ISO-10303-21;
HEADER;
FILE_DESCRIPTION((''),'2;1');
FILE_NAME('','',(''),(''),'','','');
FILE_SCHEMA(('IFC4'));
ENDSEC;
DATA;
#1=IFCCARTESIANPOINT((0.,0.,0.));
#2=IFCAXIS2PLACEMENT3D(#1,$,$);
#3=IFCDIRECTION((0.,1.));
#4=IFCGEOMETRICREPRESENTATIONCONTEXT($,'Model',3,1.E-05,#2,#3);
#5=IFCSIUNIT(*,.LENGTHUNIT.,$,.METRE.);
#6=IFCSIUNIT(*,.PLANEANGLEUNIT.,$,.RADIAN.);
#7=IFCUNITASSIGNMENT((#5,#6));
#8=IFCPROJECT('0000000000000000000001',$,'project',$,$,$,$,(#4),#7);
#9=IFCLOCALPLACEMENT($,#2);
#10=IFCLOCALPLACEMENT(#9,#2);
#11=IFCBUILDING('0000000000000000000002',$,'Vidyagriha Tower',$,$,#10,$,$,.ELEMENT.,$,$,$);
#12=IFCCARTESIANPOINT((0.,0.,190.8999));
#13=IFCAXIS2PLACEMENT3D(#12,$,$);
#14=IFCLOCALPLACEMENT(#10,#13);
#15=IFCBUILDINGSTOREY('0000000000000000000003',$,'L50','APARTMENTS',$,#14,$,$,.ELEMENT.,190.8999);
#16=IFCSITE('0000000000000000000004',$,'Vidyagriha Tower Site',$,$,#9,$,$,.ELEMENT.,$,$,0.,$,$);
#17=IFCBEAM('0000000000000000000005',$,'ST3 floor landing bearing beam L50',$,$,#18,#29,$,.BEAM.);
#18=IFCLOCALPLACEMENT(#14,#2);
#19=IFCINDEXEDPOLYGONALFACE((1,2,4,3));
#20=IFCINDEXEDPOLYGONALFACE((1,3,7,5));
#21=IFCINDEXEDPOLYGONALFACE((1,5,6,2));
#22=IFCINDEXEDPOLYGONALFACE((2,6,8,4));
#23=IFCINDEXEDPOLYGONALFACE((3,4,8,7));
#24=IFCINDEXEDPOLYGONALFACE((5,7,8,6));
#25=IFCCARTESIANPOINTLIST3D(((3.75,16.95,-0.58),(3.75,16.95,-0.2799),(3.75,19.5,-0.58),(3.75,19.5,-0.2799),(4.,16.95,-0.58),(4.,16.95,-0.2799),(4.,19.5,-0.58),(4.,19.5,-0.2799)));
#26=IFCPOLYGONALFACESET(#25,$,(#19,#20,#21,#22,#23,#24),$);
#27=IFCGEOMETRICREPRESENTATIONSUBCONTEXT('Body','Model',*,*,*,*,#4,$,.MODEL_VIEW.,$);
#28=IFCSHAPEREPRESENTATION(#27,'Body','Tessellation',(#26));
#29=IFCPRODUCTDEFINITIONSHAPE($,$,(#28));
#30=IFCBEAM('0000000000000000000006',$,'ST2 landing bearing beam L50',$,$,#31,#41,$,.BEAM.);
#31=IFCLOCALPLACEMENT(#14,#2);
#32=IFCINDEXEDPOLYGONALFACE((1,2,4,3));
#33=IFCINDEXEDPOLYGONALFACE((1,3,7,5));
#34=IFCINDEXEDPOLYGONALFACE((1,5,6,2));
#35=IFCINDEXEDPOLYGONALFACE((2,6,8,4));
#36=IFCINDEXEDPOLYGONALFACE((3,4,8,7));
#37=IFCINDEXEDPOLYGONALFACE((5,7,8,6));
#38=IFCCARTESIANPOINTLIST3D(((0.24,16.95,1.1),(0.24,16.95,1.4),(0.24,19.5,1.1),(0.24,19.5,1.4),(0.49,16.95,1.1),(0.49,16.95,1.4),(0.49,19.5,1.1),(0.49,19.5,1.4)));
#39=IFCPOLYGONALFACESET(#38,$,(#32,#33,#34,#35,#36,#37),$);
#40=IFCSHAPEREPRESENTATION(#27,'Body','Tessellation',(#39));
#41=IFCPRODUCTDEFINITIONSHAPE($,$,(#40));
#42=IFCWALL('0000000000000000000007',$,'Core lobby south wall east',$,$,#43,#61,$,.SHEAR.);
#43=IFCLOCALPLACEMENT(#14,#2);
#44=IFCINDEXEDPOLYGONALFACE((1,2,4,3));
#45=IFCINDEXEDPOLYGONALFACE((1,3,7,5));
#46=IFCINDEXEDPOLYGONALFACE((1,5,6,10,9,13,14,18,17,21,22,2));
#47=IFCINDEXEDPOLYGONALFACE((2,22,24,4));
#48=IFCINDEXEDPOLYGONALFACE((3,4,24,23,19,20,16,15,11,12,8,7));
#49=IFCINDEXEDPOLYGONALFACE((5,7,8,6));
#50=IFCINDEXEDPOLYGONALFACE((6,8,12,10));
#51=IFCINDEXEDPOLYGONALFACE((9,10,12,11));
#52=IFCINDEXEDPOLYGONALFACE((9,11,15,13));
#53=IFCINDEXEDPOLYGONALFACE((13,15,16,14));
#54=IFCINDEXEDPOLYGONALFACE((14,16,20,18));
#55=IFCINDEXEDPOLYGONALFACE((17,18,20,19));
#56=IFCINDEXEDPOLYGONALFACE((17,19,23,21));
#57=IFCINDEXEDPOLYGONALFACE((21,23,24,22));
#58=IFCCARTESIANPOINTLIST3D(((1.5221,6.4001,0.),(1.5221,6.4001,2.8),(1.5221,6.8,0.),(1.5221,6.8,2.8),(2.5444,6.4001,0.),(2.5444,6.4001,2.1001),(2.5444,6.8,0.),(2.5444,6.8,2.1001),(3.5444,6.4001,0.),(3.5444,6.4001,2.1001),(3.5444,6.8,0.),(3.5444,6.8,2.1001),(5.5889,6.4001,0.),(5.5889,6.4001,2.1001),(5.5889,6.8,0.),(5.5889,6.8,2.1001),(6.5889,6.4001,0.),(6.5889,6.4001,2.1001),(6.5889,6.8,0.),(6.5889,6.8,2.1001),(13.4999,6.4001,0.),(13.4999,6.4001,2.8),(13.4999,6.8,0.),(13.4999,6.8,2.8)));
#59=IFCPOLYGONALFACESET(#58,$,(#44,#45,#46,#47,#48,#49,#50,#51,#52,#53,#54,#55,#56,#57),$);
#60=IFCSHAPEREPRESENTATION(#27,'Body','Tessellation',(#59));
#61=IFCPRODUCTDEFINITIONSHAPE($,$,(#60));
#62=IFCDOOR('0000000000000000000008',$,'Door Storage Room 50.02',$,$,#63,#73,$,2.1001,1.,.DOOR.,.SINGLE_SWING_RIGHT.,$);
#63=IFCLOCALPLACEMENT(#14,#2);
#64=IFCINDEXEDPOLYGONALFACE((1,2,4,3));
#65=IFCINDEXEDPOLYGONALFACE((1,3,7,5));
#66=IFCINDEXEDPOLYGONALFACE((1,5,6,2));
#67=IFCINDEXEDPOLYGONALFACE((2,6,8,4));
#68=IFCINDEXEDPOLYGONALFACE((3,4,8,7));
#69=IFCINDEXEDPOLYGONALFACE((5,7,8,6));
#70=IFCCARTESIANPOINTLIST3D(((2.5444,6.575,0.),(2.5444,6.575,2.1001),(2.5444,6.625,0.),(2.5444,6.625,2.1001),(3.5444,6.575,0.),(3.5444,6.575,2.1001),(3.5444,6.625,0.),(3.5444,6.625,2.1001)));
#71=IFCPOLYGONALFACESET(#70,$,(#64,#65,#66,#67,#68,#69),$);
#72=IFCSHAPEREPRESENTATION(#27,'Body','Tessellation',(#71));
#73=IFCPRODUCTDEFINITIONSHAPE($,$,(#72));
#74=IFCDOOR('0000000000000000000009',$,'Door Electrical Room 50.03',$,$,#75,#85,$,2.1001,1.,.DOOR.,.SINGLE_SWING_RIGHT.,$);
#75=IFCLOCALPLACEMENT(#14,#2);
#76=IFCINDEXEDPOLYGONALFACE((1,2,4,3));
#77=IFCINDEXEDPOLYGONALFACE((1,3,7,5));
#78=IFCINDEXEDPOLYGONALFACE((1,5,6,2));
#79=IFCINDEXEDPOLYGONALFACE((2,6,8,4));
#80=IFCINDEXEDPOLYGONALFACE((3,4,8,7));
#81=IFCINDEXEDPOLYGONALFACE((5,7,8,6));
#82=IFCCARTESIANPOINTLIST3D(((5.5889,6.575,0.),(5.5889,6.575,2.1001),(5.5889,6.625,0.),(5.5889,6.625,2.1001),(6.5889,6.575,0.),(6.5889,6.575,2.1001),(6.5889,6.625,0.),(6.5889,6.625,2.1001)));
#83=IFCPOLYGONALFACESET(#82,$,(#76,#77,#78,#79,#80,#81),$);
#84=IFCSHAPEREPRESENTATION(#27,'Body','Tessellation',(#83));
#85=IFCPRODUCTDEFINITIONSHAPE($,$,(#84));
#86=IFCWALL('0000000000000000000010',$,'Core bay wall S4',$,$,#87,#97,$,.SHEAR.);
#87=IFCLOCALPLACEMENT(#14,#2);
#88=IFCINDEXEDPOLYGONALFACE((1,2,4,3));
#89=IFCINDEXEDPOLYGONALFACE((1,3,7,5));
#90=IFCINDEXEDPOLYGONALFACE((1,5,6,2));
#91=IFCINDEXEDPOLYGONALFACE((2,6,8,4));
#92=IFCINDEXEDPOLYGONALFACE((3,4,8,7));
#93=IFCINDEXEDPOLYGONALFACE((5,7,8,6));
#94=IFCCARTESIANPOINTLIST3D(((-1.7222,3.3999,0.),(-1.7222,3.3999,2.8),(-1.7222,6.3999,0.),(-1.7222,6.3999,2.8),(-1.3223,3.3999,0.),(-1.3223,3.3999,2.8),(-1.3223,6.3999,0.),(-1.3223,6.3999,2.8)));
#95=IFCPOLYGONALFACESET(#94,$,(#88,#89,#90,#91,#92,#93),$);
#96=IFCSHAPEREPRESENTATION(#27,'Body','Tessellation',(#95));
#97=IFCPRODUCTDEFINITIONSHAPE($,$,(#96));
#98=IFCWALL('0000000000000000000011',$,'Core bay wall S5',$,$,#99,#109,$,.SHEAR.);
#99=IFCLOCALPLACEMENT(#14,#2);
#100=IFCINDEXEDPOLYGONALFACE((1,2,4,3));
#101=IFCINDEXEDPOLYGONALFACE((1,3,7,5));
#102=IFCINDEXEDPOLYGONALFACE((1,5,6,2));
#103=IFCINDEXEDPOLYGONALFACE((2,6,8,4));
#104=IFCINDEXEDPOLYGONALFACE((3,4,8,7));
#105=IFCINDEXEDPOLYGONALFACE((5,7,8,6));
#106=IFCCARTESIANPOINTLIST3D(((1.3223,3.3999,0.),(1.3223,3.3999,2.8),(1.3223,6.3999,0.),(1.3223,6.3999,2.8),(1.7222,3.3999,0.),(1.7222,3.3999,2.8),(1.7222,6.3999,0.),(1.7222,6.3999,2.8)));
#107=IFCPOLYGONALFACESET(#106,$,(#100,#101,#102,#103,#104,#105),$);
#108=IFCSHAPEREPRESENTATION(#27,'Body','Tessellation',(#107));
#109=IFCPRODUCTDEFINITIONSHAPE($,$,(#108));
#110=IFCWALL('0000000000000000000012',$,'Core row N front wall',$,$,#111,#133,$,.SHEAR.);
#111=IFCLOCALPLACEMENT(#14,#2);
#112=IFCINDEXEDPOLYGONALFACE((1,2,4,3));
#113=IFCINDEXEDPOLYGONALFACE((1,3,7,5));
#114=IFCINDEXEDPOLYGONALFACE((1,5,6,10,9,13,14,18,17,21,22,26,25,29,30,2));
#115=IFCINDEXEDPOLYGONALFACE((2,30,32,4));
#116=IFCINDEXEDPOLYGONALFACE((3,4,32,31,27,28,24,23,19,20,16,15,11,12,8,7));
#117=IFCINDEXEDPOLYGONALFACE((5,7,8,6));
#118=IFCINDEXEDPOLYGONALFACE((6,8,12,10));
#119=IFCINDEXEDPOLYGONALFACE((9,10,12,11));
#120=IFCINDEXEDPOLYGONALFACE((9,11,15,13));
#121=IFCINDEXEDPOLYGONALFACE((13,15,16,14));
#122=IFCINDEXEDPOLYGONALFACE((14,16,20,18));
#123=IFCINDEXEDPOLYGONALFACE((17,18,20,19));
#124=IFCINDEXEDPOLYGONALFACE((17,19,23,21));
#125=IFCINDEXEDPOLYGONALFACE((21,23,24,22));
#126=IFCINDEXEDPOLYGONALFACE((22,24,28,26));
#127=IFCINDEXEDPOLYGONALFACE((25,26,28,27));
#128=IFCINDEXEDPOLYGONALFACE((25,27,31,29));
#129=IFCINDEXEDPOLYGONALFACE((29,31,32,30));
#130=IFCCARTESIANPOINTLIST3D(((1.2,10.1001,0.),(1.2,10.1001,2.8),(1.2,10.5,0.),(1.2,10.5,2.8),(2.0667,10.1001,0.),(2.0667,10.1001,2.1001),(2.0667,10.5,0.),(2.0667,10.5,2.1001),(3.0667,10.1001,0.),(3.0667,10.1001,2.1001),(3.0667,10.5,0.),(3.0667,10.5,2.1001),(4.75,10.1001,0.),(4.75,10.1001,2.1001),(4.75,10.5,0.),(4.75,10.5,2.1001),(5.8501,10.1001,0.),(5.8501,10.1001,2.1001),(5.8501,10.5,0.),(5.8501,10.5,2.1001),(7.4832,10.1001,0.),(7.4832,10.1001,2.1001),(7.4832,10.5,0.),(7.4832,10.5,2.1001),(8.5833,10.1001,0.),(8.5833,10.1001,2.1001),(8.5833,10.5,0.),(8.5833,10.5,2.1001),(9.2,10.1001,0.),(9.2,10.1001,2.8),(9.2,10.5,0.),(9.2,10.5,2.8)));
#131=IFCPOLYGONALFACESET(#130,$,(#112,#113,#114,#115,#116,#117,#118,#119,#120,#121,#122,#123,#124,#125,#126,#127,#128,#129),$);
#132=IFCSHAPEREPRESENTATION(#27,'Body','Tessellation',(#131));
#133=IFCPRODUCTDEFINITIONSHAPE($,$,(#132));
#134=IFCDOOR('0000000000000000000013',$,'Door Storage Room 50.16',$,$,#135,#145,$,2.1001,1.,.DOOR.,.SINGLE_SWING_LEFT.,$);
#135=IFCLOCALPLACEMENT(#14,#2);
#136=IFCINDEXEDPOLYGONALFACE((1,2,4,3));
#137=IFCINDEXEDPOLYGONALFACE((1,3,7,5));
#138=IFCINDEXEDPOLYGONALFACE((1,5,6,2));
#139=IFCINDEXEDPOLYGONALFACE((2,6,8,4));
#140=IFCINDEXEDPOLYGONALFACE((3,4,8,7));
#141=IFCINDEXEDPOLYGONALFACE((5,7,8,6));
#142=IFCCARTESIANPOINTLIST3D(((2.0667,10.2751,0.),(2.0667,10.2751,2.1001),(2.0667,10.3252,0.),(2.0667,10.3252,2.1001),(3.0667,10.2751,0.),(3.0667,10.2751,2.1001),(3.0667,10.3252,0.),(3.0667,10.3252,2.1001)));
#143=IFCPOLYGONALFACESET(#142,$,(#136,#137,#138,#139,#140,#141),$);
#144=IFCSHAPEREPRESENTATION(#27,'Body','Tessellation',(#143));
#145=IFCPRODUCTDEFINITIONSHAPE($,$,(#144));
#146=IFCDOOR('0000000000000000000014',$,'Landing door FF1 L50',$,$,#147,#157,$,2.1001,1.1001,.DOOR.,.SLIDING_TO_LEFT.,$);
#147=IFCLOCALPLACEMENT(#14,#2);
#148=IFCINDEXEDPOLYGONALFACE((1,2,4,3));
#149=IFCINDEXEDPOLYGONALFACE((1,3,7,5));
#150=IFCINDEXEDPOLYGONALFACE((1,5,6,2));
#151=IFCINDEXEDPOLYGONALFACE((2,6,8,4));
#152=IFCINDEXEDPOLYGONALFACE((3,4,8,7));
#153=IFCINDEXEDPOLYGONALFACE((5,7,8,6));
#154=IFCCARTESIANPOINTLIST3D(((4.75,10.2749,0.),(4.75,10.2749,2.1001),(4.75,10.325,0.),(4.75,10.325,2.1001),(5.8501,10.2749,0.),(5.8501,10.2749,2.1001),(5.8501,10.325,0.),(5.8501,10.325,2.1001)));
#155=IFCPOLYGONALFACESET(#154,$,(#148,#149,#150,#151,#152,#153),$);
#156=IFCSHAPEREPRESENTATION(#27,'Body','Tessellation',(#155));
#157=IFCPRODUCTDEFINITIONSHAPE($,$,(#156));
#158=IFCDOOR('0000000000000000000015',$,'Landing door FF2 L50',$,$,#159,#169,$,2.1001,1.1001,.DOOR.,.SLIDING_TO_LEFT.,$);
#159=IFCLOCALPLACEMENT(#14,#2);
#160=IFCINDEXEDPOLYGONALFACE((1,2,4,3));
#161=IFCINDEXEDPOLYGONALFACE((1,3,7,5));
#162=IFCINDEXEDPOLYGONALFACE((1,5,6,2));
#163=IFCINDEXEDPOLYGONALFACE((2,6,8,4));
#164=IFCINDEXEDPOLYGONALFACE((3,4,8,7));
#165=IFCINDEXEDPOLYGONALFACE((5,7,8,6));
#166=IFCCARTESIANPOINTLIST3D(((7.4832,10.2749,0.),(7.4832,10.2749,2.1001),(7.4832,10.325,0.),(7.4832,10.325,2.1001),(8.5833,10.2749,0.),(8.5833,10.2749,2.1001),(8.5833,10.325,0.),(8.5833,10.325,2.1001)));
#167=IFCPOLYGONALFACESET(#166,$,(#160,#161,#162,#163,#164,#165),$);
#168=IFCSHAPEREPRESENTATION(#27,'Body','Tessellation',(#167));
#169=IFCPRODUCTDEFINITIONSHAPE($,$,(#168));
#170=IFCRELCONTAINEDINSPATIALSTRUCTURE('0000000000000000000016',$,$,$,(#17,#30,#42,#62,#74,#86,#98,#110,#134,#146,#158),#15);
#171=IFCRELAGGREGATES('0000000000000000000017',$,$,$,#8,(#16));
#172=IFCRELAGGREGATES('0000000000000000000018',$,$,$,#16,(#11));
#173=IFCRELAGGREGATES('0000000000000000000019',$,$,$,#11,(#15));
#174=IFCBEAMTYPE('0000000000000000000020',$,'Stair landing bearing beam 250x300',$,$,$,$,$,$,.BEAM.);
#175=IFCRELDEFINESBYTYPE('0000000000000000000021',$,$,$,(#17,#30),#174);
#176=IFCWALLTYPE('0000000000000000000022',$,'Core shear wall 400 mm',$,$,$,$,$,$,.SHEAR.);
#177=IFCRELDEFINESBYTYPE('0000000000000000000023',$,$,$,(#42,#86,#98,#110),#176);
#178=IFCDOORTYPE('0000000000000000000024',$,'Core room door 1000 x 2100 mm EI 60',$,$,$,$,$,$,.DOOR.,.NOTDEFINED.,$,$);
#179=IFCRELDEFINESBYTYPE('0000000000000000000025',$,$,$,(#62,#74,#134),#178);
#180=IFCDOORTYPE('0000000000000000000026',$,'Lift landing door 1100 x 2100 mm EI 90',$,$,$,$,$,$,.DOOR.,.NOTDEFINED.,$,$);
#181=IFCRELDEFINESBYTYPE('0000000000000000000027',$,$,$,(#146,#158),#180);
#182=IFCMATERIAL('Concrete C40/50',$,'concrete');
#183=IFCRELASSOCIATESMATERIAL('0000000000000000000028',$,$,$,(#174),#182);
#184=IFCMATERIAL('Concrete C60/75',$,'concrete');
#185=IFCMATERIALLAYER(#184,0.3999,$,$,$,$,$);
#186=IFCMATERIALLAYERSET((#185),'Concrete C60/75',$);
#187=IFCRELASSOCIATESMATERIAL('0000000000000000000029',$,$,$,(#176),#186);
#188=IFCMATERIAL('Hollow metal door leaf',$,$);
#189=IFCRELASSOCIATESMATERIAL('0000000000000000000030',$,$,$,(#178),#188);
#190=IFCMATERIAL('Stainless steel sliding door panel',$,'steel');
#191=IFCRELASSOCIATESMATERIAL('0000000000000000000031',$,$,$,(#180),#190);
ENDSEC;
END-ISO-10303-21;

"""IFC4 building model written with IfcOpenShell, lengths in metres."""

from ifc_helpers import new_model, si_unit, direction, frame, frame_2d, origin, origin_2d, place, context, subcontext, project, spatial, rectangle, extrude, material, layer, layer_set, material_profile, profile_set, type_object, element, fill, save


model = new_model("IFC4")

# Units and contexts
model_context = context("Model", 3, precision=1e-05, world=origin(), true_north=direction((0.0, 1.0)))
body_context = subcontext(model_context, "Body", "Model", "MODEL_VIEW")
ifc_project = project(units=[si_unit("LENGTHUNIT", "METRE"), si_unit("PLANEANGLEUNIT", "RADIAN")], contexts=[model_context])

# Site, building, storey
site_placement = place(None, origin())
site = spatial("IfcSite", under=ifc_project, at=site_placement, Name="Vidyagriha Tower Site", CompositionType="ELEMENT", RefElevation=0.0)
building_placement = place(site_placement, origin())
building = spatial("IfcBuilding", under=site, at=building_placement, Name="Vidyagriha Tower", CompositionType="ELEMENT")
storey_placement = place(building_placement, frame((0.0, 0.0, 190.8999)))
storey = spatial("IfcBuildingStorey", under=building, at=storey_placement, Name="L50", Description="APARTMENTS", CompositionType="ELEMENT", Elevation=190.8999)

# Beams
ifc_material_1 = material(Name="Concrete C40/50", Category="concrete")
ifc_material_profile = material_profile(ifc_material_1, rectangle(XDim=0.25, YDim=0.3, at=origin_2d()), Name="Stair landing bearing beam 250x300")
ifc_profile_set = profile_set([ifc_material_profile], Name="Concrete C40/50")
beam_type = type_object("IfcBeamType", Name="Stair landing bearing beam 250x300", PredefinedType="BEAM", material=ifc_profile_set)
for number, where, z_axis, x_axis, name in (
    (1, (3.875, 16.95, -0.4299), (0.0, 1.0, 0.0), (-1.0, 0.0, 0.0), "ST3 floor landing bearing beam L50"),
    (2, (0.365, 16.95, 1.25), (0.0, 1.0, 0.0), (-1.0, 0.0, 0.0), "ST2 landing bearing beam L50"),
):
    element("IfcBeam", number, at=place(storey_placement, frame(where, z_axis=z_axis, x_axis=x_axis)), inside=storey, type_object=beam_type, Name=name, PredefinedType="BEAM", context=body_context, shape_type="SweptSolid", body=[
        extrude(rectangle(XDim=0.25, YDim=0.3, at=origin_2d()), origin(), (0.0, 0.0, 1.0), 2.55),
    ])

# Wall, openings, doors
ifc_material_2 = material(Name="Concrete C60/75", Category="concrete")
ifc_layer_1 = layer(ifc_material_2, 0.3999)
ifc_layer_set_1 = layer_set([ifc_layer_1], Name="Concrete C60/75")
wall_type_1 = type_object("IfcWallType", Name="Core shear wall 400 mm", PredefinedType="SHEAR", material=ifc_layer_set_1)
wall_1_placement = place(storey_placement, frame((1.5222, 6.6001, 0.0)))
wall_1 = element("IfcWall", 3, at=wall_1_placement, inside=storey, type_object=wall_type_1, Name="Core lobby south wall east", PredefinedType="SHEAR", context=body_context, shape_type="SweptSolid", body=[
    extrude(rectangle(XDim=11.9778, YDim=0.3999, at=frame_2d((5.9888, 0.0))), origin(), (0.0, 0.0, 1.0), 2.8),
])
opening_1_placement = place(wall_1_placement, frame((1.0222, 0.0, 0.0)))
opening_1 = element("IfcOpeningElement", 4, at=opening_1_placement, cuts=wall_1, PredefinedType="OPENING", context=body_context, shape_type="SweptSolid", body=[
    extrude(rectangle(XDim=1.0, YDim=2.1001, at=frame_2d((0.5, 1.05))), frame((0.0, 0.21, 0.0), z_axis=(0.0, -1.0, 0.0), x_axis=(1.0, 0.0, 0.0)), (0.0, 0.0, 1.0), 0.4199),
])
opening_2_placement = place(wall_1_placement, frame((4.0667, 0.0, 0.0)))
opening_2 = element("IfcOpeningElement", 5, at=opening_2_placement, cuts=wall_1, PredefinedType="OPENING", context=body_context, shape_type="SweptSolid", body=[
    extrude(rectangle(XDim=1.0, YDim=2.1001, at=frame_2d((0.5, 1.05))), frame((0.0, 0.21, 0.0), z_axis=(0.0, -1.0, 0.0), x_axis=(1.0, 0.0, 0.0)), (0.0, 0.0, 1.0), 0.4199),
])
ifc_material_3 = material(Name="Hollow metal door leaf")
door_type_1 = type_object("IfcDoorType", Name="Core room door 1000 x 2100 mm EI 60", OperationType="NOTDEFINED", PredefinedType="DOOR", material=ifc_material_3)
door_1_placement = place(opening_1_placement, origin())
door_1 = element("IfcDoor", 6, at=door_1_placement, inside=storey, type_object=door_type_1, Name="Door Storage Room 50.02", OperationType="SINGLE_SWING_RIGHT", OverallHeight=2.1001, OverallWidth=1.0, PredefinedType="DOOR", context=body_context, shape_type="SweptSolid", body=[
    extrude(rectangle(XDim=1.0, YDim=2.1001, at=frame_2d((0.5, 1.05))), frame((0.0, 0.0249, 0.0), z_axis=(0.0, -1.0, 0.0), x_axis=(1.0, 0.0, 0.0)), (0.0, 0.0, 1.0), 0.05),
])
fill(opening_1, door_1)
door_2_placement = place(opening_2_placement, origin())
door_2 = element("IfcDoor", 7, at=door_2_placement, inside=storey, type_object=door_type_1, Name="Door Electrical Room 50.03", OperationType="SINGLE_SWING_RIGHT", OverallHeight=2.1001, OverallWidth=1.0, PredefinedType="DOOR", context=body_context, shape_type="SweptSolid", body=[
    extrude(rectangle(XDim=1.0, YDim=2.1001, at=frame_2d((0.5, 1.05))), frame((0.0, 0.0249, 0.0), z_axis=(0.0, -1.0, 0.0), x_axis=(1.0, 0.0, 0.0)), (0.0, 0.0, 1.0), 0.05),
])
fill(opening_2, door_2)

# Walls
for number, where, z_axis, x_axis, name in (
    (8, (-1.5222, 3.3999, 0.0), (0.0, 0.0, 1.0), (0.0, 1.0, 0.0), "Core bay wall S4"),
    (9, (1.5222, 3.3999, 0.0), (0.0, 0.0, 1.0), (0.0, 1.0, 0.0), "Core bay wall S5"),
):
    element("IfcWall", number, at=place(storey_placement, frame(where, z_axis=z_axis, x_axis=x_axis)), inside=storey, type_object=wall_type_1, Name=name, PredefinedType="SHEAR", context=body_context, shape_type="SweptSolid", body=[
        extrude(rectangle(XDim=3.0, YDim=0.3999, at=frame_2d((1.5, 0.0))), origin(), (0.0, 0.0, 1.0), 2.8),
    ])

# Wall, openings, doors
wall_2_placement = place(storey_placement, frame((1.2, 10.3, 0.0)))
wall_2 = element("IfcWall", 10, at=wall_2_placement, inside=storey, type_object=wall_type_1, Name="Core row N front wall", PredefinedType="SHEAR", context=body_context, shape_type="SweptSolid", body=[
    extrude(rectangle(XDim=8.0, YDim=0.3999, at=frame_2d((4.0, 0.0))), origin(), (0.0, 0.0, 1.0), 2.8),
])
opening_3_placement = place(wall_2_placement, frame((3.55, 0.0, 0.0)))
opening_3 = element("IfcOpeningElement", 11, at=opening_3_placement, cuts=wall_2, PredefinedType="OPENING", context=body_context, shape_type="SweptSolid", body=[
    extrude(rectangle(XDim=1.1001, YDim=2.1001, at=frame_2d((0.55, 1.05))), frame((0.0, 0.21, 0.0), z_axis=(0.0, -1.0, 0.0), x_axis=(1.0, 0.0, 0.0)), (0.0, 0.0, 1.0), 0.4199),
])
opening_4_placement = place(wall_2_placement, frame((6.2832, 0.0, 0.0)))
opening_4 = element("IfcOpeningElement", 12, at=opening_4_placement, cuts=wall_2, PredefinedType="OPENING", context=body_context, shape_type="SweptSolid", body=[
    extrude(rectangle(XDim=1.1001, YDim=2.1001, at=frame_2d((0.55, 1.05))), frame((0.0, 0.21, 0.0), z_axis=(0.0, -1.0, 0.0), x_axis=(1.0, 0.0, 0.0)), (0.0, 0.0, 1.0), 0.4199),
])
opening_5_placement = place(wall_2_placement, frame((0.8667, 0.0, 0.0)))
opening_5 = element("IfcOpeningElement", 13, at=opening_5_placement, cuts=wall_2, PredefinedType="OPENING", context=body_context, shape_type="SweptSolid", body=[
    extrude(rectangle(XDim=1.0, YDim=2.1001, at=frame_2d((0.5, 1.05))), frame((0.0, 0.21, 0.0), z_axis=(0.0, -1.0, 0.0), x_axis=(1.0, 0.0, 0.0)), (0.0, 0.0, 1.0), 0.4199),
])
door_3_placement = place(opening_5_placement, frame((1.0, 0.0, 0.0), z_axis=(0.0, 0.0, 1.0), x_axis=(-1.0, 0.0, 0.0)))
door_3 = element("IfcDoor", 14, at=door_3_placement, inside=storey, type_object=door_type_1, Name="Door Storage Room 50.16", OperationType="SINGLE_SWING_LEFT", OverallHeight=2.1001, OverallWidth=1.0, PredefinedType="DOOR", context=body_context, shape_type="SweptSolid", body=[
    extrude(rectangle(XDim=1.0, YDim=2.1001, at=frame_2d((0.5, 1.05))), frame((0.0, 0.0249, 0.0), z_axis=(0.0, -1.0, 0.0), x_axis=(1.0, 0.0, 0.0)), (0.0, 0.0, 1.0), 0.05),
])
fill(opening_5, door_3)
ifc_material_4 = material(Name="Stainless steel sliding door panel", Category="steel")
door_type_2 = type_object("IfcDoorType", Name="Lift landing door 1100 x 2100 mm EI 90", OperationType="NOTDEFINED", PredefinedType="DOOR", material=ifc_material_4)
door_4_placement = place(opening_3_placement, origin())
door_4 = element("IfcDoor", 15, at=door_4_placement, inside=storey, type_object=door_type_2, Name="Landing door FF1 L50", OperationType="SLIDING_TO_LEFT", OverallHeight=2.1001, OverallWidth=1.1001, PredefinedType="DOOR", context=body_context, shape_type="SweptSolid", body=[
    extrude(rectangle(XDim=1.1001, YDim=2.1001, at=frame_2d((0.55, 1.05))), frame((0.0, 0.0249, 0.0), z_axis=(0.0, -1.0, 0.0), x_axis=(1.0, 0.0, 0.0)), (0.0, 0.0, 1.0), 0.05),
])
fill(opening_3, door_4)
door_5_placement = place(opening_4_placement, origin())
door_5 = element("IfcDoor", 16, at=door_5_placement, inside=storey, type_object=door_type_2, Name="Landing door FF2 L50", OperationType="SLIDING_TO_LEFT", OverallHeight=2.1001, OverallWidth=1.1001, PredefinedType="DOOR", context=body_context, shape_type="SweptSolid", body=[
    extrude(rectangle(XDim=1.1001, YDim=2.1001, at=frame_2d((0.55, 1.05))), frame((0.0, 0.0249, 0.0), z_axis=(0.0, -1.0, 0.0), x_axis=(1.0, 0.0, 0.0)), (0.0, 0.0, 1.0), 0.05),
])
fill(opening_4, door_5)

save(model, "model.ifc")
